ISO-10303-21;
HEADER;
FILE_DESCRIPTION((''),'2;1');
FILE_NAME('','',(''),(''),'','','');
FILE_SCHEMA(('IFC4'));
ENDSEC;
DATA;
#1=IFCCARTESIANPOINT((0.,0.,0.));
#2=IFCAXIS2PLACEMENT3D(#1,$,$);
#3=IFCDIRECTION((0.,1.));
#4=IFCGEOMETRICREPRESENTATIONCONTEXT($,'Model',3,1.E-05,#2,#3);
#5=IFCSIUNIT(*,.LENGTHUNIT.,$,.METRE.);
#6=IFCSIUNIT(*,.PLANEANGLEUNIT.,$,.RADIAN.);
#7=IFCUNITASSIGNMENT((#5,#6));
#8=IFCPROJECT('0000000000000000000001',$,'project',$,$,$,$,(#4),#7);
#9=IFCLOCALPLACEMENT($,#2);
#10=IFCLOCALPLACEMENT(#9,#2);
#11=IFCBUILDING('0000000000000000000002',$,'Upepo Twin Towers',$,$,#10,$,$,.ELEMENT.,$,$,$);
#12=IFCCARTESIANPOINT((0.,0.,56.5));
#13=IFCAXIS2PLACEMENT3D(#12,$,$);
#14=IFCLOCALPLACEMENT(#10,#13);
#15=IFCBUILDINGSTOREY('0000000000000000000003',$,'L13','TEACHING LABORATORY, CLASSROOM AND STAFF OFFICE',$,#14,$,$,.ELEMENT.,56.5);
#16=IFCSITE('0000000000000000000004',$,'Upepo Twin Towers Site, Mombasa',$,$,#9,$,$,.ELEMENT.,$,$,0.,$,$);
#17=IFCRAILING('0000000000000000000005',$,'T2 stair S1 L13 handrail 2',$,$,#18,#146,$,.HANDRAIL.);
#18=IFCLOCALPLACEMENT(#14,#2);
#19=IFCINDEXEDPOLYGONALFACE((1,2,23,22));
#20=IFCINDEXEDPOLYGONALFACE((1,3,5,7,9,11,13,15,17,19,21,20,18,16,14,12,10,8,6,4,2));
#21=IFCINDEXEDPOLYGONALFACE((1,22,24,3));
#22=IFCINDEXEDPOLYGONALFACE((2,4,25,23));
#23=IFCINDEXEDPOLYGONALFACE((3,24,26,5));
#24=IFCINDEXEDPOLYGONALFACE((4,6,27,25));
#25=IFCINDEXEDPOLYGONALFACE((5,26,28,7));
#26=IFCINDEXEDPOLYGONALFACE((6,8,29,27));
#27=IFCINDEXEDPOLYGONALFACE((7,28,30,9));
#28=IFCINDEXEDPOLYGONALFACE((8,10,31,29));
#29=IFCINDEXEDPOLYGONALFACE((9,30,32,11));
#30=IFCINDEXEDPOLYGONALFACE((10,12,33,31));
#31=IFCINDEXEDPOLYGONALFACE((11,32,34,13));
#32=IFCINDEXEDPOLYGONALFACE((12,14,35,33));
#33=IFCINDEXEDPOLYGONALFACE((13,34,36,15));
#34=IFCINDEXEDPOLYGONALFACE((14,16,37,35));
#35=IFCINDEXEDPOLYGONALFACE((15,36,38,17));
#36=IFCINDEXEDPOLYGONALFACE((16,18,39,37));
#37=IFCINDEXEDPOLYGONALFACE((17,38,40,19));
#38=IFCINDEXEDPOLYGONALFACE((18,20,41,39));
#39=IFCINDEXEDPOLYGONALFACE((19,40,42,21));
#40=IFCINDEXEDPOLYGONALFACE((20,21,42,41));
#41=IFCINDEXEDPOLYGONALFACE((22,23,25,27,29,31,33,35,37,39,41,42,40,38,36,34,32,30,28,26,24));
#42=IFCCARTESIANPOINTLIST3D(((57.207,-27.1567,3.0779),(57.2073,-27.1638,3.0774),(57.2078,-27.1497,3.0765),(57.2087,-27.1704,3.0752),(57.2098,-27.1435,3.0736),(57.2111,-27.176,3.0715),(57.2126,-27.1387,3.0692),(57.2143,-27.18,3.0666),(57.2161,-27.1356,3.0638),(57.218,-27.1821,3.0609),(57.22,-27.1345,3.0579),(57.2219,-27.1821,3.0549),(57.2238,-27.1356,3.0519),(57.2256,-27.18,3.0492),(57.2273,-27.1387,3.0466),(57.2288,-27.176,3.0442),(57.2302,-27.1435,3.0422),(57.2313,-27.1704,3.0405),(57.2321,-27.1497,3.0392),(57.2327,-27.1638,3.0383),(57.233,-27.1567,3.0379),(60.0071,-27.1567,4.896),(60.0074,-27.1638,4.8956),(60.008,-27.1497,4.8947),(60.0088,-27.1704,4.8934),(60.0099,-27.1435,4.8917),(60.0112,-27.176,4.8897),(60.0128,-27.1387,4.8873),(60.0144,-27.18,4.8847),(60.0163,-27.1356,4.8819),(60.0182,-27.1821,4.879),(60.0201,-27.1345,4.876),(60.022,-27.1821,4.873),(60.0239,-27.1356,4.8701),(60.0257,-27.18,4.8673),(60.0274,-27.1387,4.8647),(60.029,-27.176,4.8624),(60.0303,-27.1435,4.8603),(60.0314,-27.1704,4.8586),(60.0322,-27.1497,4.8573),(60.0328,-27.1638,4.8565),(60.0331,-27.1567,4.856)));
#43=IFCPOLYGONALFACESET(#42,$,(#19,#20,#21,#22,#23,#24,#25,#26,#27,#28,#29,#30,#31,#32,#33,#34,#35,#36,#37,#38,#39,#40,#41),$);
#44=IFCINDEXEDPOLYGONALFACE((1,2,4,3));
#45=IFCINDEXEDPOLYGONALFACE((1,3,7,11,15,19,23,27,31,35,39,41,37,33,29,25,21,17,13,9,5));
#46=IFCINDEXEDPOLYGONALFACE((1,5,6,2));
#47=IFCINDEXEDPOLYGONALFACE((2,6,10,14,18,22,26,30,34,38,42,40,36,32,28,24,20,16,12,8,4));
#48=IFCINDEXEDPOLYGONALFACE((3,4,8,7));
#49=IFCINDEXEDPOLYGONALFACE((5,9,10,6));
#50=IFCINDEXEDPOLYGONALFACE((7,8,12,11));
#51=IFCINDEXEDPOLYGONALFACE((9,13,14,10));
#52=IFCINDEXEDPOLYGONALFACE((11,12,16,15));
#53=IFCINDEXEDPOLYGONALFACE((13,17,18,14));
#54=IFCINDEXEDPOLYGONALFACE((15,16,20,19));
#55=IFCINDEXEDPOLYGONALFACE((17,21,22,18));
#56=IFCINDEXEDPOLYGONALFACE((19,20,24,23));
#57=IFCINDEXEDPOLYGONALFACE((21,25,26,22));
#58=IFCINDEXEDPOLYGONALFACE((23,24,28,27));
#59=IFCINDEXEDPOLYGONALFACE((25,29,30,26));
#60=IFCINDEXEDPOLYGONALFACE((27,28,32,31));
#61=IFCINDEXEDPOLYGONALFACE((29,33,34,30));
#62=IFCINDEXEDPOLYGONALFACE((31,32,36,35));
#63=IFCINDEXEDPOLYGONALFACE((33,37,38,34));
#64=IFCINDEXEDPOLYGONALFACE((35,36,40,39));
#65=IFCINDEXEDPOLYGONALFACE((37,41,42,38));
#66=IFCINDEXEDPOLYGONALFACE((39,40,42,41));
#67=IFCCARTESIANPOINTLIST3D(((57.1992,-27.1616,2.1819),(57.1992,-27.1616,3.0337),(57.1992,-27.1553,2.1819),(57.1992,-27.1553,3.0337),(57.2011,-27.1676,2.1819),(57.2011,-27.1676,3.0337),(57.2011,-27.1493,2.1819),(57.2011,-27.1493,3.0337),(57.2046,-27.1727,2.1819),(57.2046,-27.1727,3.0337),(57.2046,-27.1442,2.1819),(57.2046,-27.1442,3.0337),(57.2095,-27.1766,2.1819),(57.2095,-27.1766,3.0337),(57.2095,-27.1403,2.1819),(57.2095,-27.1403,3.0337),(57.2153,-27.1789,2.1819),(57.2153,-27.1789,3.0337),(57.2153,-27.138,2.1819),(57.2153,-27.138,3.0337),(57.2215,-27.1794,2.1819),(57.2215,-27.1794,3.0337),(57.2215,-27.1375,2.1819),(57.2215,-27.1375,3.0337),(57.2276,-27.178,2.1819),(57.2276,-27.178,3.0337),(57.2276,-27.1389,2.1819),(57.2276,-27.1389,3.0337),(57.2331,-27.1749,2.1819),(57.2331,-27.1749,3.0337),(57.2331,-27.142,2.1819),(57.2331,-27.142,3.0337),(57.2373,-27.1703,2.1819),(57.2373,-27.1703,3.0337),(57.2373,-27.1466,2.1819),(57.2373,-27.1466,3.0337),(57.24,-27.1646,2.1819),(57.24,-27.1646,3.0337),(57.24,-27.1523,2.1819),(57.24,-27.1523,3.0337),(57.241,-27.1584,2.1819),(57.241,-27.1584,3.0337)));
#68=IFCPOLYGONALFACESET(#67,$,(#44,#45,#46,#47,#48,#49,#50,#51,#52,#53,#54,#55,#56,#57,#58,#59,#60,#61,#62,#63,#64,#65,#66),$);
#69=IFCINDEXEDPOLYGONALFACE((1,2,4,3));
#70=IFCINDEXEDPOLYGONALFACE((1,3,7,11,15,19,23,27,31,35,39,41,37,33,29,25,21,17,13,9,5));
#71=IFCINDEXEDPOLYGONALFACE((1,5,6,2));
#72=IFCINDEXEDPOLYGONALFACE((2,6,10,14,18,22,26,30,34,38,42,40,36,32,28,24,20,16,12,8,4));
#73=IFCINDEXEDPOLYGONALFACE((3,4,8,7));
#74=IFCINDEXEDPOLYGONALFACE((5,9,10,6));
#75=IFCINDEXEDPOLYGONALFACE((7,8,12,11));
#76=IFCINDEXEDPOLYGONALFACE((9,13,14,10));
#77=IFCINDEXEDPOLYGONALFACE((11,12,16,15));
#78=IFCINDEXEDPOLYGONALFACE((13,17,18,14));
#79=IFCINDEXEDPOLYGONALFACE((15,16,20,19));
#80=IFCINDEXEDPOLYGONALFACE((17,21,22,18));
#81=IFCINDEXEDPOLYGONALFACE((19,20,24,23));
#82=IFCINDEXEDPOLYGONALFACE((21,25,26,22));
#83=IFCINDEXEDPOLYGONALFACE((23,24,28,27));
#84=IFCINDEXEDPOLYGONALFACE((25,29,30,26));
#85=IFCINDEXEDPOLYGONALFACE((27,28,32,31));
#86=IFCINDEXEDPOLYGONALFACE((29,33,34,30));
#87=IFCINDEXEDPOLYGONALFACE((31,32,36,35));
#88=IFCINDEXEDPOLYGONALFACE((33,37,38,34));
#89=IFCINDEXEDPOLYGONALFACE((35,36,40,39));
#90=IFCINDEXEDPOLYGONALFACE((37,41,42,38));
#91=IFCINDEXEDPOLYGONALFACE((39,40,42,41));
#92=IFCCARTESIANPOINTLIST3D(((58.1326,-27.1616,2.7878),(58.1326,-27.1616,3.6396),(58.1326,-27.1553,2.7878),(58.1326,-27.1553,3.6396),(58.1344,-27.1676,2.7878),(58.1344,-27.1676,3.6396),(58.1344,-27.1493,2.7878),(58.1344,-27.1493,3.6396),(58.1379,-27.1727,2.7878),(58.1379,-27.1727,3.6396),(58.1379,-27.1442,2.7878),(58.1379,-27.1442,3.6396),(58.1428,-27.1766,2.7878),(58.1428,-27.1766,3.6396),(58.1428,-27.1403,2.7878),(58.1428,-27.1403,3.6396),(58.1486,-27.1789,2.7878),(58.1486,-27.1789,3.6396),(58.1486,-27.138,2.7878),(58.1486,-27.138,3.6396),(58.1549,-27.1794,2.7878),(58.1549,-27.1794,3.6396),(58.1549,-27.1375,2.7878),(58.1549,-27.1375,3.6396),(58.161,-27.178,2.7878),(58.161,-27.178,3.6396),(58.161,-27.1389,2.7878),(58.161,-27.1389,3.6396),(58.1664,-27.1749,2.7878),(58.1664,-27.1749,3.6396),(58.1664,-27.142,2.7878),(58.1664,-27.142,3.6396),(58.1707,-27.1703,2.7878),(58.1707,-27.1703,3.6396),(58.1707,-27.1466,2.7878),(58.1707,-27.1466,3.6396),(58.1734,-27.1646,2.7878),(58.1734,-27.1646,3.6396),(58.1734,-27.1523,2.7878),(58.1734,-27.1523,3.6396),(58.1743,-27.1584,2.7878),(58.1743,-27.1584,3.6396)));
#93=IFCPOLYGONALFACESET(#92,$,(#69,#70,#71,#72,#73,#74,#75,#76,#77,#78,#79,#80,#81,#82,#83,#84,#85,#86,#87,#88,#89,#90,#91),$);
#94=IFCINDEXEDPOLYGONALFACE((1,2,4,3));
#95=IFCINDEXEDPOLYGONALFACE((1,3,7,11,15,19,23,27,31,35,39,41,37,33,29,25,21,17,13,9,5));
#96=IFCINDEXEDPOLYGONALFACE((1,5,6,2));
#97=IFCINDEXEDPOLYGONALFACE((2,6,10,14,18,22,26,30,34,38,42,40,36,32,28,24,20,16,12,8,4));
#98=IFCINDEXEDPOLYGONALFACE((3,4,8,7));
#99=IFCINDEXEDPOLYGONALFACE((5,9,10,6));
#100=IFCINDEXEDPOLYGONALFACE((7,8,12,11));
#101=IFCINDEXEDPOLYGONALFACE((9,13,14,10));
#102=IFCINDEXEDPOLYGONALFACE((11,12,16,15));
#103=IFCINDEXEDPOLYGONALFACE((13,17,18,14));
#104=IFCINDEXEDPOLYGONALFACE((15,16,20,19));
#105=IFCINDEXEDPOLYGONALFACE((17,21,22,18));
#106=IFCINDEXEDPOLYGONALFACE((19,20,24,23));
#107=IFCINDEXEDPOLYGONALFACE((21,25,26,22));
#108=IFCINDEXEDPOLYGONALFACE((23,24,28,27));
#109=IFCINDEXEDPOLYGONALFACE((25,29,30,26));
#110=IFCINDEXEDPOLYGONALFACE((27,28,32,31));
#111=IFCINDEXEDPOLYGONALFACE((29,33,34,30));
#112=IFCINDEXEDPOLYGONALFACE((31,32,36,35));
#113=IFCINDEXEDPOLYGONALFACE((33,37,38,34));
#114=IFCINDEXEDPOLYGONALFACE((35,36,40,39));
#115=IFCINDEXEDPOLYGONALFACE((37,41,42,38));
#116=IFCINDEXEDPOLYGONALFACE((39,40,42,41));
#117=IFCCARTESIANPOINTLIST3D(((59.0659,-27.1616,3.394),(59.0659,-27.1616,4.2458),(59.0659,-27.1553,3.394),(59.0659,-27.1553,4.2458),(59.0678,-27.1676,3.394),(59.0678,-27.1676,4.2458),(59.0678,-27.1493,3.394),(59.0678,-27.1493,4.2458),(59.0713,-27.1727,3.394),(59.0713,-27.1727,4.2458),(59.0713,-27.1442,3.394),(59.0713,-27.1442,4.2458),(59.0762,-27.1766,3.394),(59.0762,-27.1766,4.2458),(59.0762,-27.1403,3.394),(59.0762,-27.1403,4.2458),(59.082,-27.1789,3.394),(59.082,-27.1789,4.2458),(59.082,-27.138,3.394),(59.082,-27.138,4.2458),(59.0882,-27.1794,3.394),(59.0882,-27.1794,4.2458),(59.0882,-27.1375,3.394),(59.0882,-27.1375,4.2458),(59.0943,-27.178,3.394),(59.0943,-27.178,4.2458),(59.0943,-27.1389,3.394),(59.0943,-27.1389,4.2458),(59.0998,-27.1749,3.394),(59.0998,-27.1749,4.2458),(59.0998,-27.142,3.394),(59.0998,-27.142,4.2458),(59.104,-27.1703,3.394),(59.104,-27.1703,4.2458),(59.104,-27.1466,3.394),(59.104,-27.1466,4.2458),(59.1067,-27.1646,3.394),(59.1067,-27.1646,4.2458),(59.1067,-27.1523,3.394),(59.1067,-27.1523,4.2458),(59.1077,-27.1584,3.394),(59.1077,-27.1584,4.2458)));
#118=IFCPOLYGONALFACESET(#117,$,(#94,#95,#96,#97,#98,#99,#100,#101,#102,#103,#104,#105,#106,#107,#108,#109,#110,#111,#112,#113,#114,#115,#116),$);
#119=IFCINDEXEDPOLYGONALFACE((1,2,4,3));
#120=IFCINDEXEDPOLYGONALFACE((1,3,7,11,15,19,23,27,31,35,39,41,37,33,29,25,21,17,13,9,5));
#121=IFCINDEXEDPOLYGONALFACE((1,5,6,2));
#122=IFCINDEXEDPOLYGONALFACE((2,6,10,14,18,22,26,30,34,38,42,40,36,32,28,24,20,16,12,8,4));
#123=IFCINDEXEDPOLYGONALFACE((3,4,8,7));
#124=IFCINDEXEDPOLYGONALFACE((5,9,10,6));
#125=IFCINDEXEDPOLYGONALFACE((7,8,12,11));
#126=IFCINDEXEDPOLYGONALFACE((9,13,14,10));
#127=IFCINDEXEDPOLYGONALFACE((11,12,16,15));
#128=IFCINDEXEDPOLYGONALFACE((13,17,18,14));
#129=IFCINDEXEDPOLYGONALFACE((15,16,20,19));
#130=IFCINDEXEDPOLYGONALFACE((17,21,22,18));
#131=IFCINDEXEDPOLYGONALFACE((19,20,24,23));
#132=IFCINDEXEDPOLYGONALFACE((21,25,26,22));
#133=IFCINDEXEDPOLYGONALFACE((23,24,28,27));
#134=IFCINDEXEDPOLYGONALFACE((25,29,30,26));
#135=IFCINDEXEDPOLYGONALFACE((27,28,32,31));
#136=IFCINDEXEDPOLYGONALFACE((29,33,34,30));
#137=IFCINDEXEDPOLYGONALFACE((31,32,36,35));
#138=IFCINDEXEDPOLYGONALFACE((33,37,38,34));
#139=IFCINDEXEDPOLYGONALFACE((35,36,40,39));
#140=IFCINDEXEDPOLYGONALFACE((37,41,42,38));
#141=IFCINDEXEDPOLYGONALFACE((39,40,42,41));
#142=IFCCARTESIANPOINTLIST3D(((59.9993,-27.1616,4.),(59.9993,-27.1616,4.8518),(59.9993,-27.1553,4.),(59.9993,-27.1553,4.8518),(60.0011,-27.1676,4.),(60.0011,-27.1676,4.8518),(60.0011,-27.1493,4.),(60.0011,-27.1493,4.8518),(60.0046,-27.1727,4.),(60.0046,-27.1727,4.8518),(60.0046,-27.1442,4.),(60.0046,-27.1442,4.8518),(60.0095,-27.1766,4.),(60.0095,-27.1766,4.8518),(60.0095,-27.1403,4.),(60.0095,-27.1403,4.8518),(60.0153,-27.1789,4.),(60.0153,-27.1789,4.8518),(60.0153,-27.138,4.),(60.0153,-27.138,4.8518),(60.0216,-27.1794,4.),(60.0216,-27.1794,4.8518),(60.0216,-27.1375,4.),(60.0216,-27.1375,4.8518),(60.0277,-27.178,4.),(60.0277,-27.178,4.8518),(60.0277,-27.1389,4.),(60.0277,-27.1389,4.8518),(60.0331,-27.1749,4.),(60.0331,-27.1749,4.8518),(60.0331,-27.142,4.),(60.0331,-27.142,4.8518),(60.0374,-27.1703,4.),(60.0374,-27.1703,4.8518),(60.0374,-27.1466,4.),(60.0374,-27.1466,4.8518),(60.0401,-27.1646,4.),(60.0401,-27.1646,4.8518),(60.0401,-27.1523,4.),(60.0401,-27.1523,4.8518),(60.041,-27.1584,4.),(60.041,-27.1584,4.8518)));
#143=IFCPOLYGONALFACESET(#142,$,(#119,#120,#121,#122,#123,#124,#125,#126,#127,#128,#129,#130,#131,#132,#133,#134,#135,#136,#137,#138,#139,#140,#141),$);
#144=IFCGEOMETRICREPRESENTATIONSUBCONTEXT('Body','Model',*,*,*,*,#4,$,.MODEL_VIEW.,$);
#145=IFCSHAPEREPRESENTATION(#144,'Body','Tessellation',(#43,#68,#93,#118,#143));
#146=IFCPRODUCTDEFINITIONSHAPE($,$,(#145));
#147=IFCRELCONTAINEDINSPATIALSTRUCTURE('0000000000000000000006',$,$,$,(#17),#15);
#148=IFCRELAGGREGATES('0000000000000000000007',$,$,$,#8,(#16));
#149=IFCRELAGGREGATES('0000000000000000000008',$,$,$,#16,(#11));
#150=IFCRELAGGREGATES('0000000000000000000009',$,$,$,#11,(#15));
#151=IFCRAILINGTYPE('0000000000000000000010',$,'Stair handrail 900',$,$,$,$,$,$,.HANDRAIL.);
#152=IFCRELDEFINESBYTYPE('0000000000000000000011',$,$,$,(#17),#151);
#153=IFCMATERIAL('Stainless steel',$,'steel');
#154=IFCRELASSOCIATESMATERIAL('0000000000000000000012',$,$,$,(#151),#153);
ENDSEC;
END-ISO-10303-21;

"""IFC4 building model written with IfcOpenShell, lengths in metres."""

from ifc_helpers import new_model, si_unit, direction, frame, origin, origin_2d, place, context, subcontext, project, spatial, circle, extrude, material, type_object, element, save


model = new_model("IFC4")

# Units and contexts
model_context = context("Model", 3, precision=1e-05, world=origin(), true_north=direction((0.0, 1.0)))
body_context = subcontext(model_context, "Body", "Model", "MODEL_VIEW")
ifc_project = project(units=[si_unit("LENGTHUNIT", "METRE"), si_unit("PLANEANGLEUNIT", "RADIAN")], contexts=[model_context])

# Site, building, storey
site_placement = place(None, origin())
site = spatial("IfcSite", under=ifc_project, at=site_placement, Name="Upepo Twin Towers Site, Mombasa", CompositionType="ELEMENT", RefElevation=0.0)
building_placement = place(site_placement, origin())
building = spatial("IfcBuilding", under=site, at=building_placement, Name="Upepo Twin Towers", CompositionType="ELEMENT")
storey_placement = place(building_placement, frame((0.0, 0.0, 56.5)))
storey = spatial("IfcBuildingStorey", under=building, at=storey_placement, Name="L13", Description="TEACHING LABORATORY, CLASSROOM AND STAFF OFFICE", CompositionType="ELEMENT", Elevation=56.5)

# Railing
ifc_material_1 = material(Name="Stainless steel", Category="steel")
railing_type = type_object("IfcRailingType", Name="Stair handrail 900", PredefinedType="HANDRAIL", material=ifc_material_1)
railing_1_placement = place(storey_placement, frame((57.22, -27.1584, 2.1819)))
element("IfcRailing", 1, at=railing_1_placement, inside=storey, type_object=railing_type, Name="T2 stair S1 L13 handrail 2", PredefinedType="HANDRAIL", context=body_context, shape_type="SweptSolid", body=[
    extrude(circle(Radius=0.0239, at=origin_2d()), frame((0.0, 0.0, 0.876), z_axis=(0.838706, 0.0, 0.544585), x_axis=(0.0, 1.0, 0.0)), (0.0, 0.0, 1.0), 3.3386),
    extrude(circle(Radius=0.021, at=origin_2d()), origin(), (0.0, 0.0, 1.0), 0.8518),
    extrude(circle(Radius=0.021, at=origin_2d()), frame((0.9333, 0.0, 0.606)), (0.0, 0.0, 1.0), 0.8518),
    extrude(circle(Radius=0.021, at=origin_2d()), frame((1.8667, 0.0, 1.2122)), (0.0, 0.0, 1.0), 0.8518),
    extrude(circle(Radius=0.021, at=origin_2d()), frame((2.8, 0.0, 1.8181)), (0.0, 0.0, 1.0), 0.8518),
])

save(model, "model.ifc")
